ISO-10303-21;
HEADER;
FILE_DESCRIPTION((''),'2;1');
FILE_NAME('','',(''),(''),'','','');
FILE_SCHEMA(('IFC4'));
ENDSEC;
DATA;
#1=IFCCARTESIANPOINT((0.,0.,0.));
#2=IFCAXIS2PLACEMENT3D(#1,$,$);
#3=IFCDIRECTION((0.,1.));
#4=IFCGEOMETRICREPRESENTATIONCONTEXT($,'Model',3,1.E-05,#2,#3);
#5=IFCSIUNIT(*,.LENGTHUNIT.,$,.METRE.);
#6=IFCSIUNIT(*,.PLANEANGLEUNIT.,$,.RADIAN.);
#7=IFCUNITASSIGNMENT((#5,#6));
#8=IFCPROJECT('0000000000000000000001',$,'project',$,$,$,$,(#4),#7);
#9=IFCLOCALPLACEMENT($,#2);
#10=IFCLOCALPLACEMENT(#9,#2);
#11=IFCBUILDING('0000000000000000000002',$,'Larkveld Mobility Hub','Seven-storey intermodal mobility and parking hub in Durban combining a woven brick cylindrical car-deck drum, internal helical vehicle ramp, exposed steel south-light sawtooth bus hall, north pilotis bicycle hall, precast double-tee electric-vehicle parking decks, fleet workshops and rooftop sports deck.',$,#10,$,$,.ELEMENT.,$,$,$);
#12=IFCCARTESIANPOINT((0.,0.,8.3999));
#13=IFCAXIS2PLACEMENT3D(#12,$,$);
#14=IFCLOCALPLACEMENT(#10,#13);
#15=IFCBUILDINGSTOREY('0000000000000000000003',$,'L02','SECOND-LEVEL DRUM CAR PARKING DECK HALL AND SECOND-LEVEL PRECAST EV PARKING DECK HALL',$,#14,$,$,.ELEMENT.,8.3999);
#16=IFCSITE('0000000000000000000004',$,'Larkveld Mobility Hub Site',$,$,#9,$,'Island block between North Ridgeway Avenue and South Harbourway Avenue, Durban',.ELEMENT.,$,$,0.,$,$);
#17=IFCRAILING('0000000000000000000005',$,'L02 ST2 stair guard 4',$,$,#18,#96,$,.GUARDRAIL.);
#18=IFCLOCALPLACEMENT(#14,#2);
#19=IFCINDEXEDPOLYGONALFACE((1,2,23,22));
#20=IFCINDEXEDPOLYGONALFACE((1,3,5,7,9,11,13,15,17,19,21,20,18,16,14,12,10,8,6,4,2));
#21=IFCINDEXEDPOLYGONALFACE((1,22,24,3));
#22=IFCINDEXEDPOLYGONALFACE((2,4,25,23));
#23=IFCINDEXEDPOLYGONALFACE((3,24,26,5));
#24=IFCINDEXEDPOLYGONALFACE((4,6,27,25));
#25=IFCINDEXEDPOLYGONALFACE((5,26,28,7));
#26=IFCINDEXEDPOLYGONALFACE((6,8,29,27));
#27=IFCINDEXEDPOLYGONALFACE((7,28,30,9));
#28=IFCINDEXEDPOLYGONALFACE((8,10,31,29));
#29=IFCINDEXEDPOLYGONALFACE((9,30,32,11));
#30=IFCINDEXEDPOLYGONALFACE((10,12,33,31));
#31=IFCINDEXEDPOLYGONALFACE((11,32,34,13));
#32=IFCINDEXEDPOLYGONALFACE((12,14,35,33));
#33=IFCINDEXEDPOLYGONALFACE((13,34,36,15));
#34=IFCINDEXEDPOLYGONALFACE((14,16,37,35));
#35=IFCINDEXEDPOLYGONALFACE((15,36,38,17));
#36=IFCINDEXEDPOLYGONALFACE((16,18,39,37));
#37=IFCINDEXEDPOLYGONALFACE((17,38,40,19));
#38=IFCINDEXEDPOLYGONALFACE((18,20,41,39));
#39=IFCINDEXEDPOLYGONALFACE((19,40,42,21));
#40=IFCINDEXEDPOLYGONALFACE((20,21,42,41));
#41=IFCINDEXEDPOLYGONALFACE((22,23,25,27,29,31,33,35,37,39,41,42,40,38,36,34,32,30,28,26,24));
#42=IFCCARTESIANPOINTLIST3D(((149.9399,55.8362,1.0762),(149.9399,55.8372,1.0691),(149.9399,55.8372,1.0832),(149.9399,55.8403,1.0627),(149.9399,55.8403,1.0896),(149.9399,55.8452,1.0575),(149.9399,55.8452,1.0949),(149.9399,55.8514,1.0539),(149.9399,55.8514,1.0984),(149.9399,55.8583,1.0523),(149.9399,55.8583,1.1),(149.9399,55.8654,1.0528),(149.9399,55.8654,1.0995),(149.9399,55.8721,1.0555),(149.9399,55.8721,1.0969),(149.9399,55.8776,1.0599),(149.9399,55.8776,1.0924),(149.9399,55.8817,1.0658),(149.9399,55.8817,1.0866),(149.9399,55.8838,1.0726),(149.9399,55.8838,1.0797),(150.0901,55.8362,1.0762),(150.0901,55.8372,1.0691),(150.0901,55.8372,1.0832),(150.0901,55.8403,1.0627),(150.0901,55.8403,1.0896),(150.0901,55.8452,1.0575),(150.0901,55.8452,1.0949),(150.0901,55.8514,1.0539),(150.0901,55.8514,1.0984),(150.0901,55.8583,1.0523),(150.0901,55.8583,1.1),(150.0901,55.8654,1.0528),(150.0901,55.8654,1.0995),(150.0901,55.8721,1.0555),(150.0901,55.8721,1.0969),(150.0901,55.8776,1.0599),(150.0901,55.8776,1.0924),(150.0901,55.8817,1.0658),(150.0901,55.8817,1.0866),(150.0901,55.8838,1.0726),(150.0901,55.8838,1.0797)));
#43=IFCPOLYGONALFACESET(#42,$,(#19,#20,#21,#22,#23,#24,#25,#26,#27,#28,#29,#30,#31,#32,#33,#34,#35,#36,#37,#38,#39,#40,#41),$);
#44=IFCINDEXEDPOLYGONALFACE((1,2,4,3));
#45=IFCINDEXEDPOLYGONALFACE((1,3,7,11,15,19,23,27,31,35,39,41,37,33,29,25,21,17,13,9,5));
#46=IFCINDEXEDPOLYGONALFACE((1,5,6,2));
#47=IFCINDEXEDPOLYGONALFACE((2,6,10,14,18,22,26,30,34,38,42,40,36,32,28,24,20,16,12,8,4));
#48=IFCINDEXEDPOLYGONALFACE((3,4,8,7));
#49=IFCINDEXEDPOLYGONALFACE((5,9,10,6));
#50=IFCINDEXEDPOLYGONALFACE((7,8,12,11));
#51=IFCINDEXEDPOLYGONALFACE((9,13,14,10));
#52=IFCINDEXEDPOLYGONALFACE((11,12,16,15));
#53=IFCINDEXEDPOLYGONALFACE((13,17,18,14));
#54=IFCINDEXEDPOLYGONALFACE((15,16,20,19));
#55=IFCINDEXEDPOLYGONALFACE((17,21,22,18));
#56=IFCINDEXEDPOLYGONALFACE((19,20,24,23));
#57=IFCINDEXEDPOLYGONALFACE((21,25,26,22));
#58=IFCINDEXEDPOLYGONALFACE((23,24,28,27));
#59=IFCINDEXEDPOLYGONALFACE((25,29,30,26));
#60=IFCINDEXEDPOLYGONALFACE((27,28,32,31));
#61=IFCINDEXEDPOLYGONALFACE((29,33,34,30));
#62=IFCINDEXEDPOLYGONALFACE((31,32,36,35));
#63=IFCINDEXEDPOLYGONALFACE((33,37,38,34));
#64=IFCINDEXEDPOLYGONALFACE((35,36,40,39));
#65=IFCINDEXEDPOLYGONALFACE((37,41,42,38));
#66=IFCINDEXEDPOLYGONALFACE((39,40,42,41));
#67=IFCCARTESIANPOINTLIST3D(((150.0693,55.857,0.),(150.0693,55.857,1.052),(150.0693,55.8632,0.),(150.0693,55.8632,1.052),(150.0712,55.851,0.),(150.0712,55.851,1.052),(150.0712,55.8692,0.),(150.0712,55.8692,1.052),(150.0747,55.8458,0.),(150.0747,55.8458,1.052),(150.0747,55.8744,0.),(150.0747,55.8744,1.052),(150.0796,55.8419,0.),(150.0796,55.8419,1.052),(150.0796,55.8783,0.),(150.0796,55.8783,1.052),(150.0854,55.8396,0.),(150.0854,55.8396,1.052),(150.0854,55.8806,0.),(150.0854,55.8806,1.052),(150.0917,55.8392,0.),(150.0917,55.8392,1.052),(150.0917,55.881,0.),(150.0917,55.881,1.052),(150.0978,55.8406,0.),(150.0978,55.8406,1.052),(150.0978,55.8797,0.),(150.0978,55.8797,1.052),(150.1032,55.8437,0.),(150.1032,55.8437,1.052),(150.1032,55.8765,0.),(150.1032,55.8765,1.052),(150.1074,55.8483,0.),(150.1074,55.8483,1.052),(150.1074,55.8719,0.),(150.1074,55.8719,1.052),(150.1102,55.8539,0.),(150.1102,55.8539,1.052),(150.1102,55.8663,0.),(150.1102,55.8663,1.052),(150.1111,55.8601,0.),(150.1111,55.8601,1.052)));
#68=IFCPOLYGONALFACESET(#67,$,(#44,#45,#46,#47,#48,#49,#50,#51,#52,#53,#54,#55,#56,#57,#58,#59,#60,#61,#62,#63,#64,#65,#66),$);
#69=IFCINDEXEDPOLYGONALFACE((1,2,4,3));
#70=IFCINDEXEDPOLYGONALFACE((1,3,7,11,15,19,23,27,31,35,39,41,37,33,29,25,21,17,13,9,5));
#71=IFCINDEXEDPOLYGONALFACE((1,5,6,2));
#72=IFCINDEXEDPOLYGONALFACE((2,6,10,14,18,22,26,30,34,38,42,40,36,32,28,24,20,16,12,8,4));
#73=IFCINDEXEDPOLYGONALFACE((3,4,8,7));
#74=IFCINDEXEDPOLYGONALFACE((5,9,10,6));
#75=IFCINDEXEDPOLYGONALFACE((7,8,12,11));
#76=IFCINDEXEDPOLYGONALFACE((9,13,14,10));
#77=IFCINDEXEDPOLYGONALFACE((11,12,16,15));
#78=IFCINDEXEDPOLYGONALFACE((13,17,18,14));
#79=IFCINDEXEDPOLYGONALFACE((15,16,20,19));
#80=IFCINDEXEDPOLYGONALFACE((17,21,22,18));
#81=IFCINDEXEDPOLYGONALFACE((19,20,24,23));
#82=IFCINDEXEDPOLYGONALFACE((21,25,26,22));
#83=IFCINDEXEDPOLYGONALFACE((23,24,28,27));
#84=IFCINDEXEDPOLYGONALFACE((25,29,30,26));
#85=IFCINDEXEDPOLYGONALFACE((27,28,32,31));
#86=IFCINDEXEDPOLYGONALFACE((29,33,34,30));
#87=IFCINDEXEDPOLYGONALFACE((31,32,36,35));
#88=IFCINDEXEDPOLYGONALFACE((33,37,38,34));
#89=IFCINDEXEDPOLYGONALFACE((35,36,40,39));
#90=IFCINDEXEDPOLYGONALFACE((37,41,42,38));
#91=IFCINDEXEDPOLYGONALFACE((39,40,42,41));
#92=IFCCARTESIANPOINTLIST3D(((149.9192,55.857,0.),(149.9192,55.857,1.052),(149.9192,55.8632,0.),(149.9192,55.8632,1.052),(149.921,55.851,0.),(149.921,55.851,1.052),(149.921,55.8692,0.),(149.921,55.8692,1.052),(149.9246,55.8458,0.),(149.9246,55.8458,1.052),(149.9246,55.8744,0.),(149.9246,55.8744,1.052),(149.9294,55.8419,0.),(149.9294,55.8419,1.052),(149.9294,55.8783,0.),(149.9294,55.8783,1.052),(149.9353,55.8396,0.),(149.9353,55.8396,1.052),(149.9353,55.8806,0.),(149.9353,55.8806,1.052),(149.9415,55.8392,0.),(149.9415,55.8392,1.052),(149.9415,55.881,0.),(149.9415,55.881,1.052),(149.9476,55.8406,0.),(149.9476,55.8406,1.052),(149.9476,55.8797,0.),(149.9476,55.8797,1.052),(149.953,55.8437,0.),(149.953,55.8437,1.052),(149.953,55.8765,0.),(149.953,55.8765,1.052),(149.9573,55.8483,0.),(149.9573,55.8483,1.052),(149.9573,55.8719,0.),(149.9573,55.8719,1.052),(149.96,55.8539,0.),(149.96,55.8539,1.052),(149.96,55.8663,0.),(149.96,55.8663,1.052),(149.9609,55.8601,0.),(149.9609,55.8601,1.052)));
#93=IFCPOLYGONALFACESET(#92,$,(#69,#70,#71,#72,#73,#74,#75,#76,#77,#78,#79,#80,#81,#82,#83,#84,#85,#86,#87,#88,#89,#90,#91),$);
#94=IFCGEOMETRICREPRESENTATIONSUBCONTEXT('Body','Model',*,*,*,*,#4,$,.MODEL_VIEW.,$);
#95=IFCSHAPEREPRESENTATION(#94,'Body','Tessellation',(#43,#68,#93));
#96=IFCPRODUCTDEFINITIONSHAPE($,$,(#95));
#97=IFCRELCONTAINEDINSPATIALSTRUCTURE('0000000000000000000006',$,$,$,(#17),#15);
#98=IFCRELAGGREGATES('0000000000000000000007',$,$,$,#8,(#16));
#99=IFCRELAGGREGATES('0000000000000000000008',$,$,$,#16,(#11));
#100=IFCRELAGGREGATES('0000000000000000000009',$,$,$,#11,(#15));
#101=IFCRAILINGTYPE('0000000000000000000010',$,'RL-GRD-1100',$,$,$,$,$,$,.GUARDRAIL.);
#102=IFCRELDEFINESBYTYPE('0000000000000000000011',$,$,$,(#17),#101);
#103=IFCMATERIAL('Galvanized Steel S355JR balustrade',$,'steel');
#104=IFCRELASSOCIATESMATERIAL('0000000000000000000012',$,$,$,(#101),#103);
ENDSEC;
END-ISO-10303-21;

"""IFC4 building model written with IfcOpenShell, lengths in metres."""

from ifc_helpers import new_model, si_unit, direction, frame, origin, origin_2d, place, context, subcontext, project, spatial, circle, extrude, material, type_object, element, save


model = new_model("IFC4")

# Units and contexts
model_context = context("Model", 3, precision=1e-05, world=origin(), true_north=direction((0.0, 1.0)))
body_context = subcontext(model_context, "Body", "Model", "MODEL_VIEW")
ifc_project = project(units=[si_unit("LENGTHUNIT", "METRE"), si_unit("PLANEANGLEUNIT", "RADIAN")], contexts=[model_context])

# Site, building, storey
site_placement = place(None, origin())
site = spatial("IfcSite", under=ifc_project, at=site_placement, Name="Larkveld Mobility Hub Site", LongName="Island block between North Ridgeway Avenue and South Harbourway Avenue, Durban", CompositionType="ELEMENT", RefElevation=0.0)
building_placement = place(site_placement, origin())
building = spatial("IfcBuilding", under=site, at=building_placement, Name="Larkveld Mobility Hub", Description="Seven-storey intermodal mobility and parking hub in Durban combining a woven brick cylindrical car-deck drum, internal helical vehicle ramp, exposed steel south-light sawtooth bus hall, north pilotis bicycle hall, precast double-tee electric-vehicle parking decks, fleet workshops and rooftop sports deck.", CompositionType="ELEMENT")
storey_placement = place(building_placement, frame((0.0, 0.0, 8.3999)))
storey = spatial("IfcBuildingStorey", under=building, at=storey_placement, Name="L02", Description="SECOND-LEVEL DRUM CAR PARKING DECK HALL AND SECOND-LEVEL PRECAST EV PARKING DECK HALL", CompositionType="ELEMENT", Elevation=8.3999)

# Railing
ifc_material_1 = material(Name="Galvanized Steel S355JR balustrade", Category="steel")
railing_type_1 = type_object("IfcRailingType", Name="RL-GRD-1100", PredefinedType="GUARDRAIL", material=ifc_material_1)
railing_1_placement = place(storey_placement, frame((150.0901, 55.8601, 0.0)))
element("IfcRailing", 1, at=railing_1_placement, inside=storey, type_object=railing_type_1, Name="L02 ST2 stair guard 4", PredefinedType="GUARDRAIL", context=body_context, shape_type="SweptSolid", body=[
    extrude(circle(Radius=0.0239, at=origin_2d()), frame((0.0, 0.0, 1.0762), z_axis=(-1.0, 0.0, 0.0), x_axis=(0.0, -1.0, 0.0)), (0.0, 0.0, 1.0), 0.1501),
    extrude(circle(Radius=0.021, at=origin_2d()), origin(), (0.0, 0.0, 1.0), 1.052),
    extrude(circle(Radius=0.021, at=origin_2d()), frame((-0.1501, 0.0, 0.0)), (0.0, 0.0, 1.0), 1.052),
])

save(model, "model.ifc")
